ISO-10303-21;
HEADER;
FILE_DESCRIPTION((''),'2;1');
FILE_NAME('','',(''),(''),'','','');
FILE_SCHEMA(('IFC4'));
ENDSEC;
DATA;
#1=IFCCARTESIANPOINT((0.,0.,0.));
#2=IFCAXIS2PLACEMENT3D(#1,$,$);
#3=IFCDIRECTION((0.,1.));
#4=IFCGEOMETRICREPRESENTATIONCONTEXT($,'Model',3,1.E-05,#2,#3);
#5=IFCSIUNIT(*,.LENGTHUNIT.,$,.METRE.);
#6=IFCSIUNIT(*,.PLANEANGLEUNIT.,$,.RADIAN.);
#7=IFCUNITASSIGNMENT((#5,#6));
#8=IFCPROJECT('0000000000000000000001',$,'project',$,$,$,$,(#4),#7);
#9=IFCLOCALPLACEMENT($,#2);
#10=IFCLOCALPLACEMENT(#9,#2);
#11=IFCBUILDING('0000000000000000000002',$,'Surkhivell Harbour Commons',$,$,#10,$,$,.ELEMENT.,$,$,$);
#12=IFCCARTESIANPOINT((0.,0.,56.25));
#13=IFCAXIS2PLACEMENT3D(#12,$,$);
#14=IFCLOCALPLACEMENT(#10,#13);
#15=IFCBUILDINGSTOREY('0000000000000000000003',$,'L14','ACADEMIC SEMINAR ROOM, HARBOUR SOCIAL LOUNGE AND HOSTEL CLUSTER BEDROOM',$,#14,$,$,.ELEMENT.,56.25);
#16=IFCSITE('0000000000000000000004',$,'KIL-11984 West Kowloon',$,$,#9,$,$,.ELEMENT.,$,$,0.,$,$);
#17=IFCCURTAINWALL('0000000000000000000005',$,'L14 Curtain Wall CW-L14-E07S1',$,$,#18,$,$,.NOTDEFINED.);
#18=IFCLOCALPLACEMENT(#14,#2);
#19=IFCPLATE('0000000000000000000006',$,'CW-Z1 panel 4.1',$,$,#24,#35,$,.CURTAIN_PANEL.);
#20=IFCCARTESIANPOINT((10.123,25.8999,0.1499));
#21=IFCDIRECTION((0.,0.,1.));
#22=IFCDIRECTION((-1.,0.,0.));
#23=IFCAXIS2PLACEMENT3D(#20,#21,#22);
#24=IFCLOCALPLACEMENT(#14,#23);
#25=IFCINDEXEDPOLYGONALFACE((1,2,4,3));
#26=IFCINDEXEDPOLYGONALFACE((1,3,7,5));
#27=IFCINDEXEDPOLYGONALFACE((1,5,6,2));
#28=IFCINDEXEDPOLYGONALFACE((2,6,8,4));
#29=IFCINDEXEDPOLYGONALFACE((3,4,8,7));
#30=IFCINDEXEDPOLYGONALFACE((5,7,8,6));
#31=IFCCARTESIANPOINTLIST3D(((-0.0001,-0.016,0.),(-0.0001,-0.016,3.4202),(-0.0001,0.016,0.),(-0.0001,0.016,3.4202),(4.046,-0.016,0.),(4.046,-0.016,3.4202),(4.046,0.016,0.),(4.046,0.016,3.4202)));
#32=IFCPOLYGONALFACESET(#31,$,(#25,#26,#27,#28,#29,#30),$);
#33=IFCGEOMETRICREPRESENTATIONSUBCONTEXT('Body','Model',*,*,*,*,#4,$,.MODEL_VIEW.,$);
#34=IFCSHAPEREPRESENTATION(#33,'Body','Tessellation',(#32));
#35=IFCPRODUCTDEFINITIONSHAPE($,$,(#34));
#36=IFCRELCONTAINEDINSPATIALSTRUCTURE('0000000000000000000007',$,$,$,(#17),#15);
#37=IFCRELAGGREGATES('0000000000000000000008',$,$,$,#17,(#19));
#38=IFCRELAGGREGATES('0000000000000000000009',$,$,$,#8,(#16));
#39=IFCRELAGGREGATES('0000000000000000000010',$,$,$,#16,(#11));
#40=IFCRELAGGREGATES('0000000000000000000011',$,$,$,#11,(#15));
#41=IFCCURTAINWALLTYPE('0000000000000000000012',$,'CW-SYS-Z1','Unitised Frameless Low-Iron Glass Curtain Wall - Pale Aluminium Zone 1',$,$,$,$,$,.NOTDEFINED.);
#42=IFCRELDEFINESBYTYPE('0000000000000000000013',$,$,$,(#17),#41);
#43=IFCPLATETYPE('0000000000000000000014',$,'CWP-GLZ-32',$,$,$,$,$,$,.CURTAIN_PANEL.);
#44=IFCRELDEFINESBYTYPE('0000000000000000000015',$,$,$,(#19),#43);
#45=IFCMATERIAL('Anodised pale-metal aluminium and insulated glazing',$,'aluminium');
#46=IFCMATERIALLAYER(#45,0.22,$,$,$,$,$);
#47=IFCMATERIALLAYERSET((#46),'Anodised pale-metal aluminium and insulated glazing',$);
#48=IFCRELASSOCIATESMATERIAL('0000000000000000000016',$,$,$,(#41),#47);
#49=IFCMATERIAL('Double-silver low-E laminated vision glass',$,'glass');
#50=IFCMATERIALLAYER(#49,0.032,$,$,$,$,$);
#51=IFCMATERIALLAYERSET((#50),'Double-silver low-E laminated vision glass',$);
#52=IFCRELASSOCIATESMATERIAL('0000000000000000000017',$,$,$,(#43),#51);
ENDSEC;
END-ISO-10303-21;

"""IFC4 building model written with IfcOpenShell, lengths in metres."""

from ifc_helpers import new_model, si_unit, direction, frame, frame_2d, origin, place, context, subcontext, project, spatial, rectangle, extrude, material, layer, layer_set, type_object, element, aggregate, save


model = new_model("IFC4")

# Units and contexts
model_context = context("Model", 3, precision=1e-05, world=origin(), true_north=direction((0.0, 1.0)))
body_context = subcontext(model_context, "Body", "Model", "MODEL_VIEW")
ifc_project = project(units=[si_unit("LENGTHUNIT", "METRE"), si_unit("PLANEANGLEUNIT", "RADIAN")], contexts=[model_context])

# Site, building, storey
site_placement = place(None, origin())
site = spatial("IfcSite", under=ifc_project, at=site_placement, Name="KIL-11984 West Kowloon", CompositionType="ELEMENT", RefElevation=0.0)
building_placement = place(site_placement, origin())
building = spatial("IfcBuilding", under=site, at=building_placement, Name="Surkhivell Harbour Commons", CompositionType="ELEMENT")
storey_placement = place(building_placement, frame((0.0, 0.0, 56.25)))
storey = spatial("IfcBuildingStorey", under=building, at=storey_placement, Name="L14", Description="ACADEMIC SEMINAR ROOM, HARBOUR SOCIAL LOUNGE AND HOSTEL CLUSTER BEDROOM", CompositionType="ELEMENT", Elevation=56.25)

# Curtain wall
ifc_material_1 = material(Name="Anodised pale-metal aluminium and insulated glazing", Category="aluminium")
ifc_layer_1 = layer(ifc_material_1, 0.22)
ifc_layer_set_1 = layer_set([ifc_layer_1], Name="Anodised pale-metal aluminium and insulated glazing")
curtain_wall_type = type_object("IfcCurtainWallType", Name="CW-SYS-Z1", Description="Unitised Frameless Low-Iron Glass Curtain Wall - Pale Aluminium Zone 1", PredefinedType="NOTDEFINED", material=ifc_layer_set_1)
curtain_wall_placement = place(storey_placement, origin())
curtain_wall = element("IfcCurtainWall", 1, at=curtain_wall_placement, inside=storey, type_object=curtain_wall_type, Name="L14 Curtain Wall CW-L14-E07S1", PredefinedType="NOTDEFINED")

# Plate
ifc_material_2 = material(Name="Double-silver low-E laminated vision glass", Category="glass")
ifc_layer_2 = layer(ifc_material_2, 0.032)
ifc_layer_set_2 = layer_set([ifc_layer_2], Name="Double-silver low-E laminated vision glass")
plate_type_1 = type_object("IfcPlateType", Name="CWP-GLZ-32", PredefinedType="CURTAIN_PANEL", material=ifc_layer_set_2)
plate_1_placement = place(storey_placement, frame((10.123, 25.8999, 0.1499), z_axis=(0.0, 0.0, 1.0), x_axis=(-1.0, 0.0, 0.0)))
plate_1 = element("IfcPlate", 2, at=plate_1_placement, type_object=plate_type_1, Name="CW-Z1 panel 4.1", PredefinedType="CURTAIN_PANEL", context=body_context, shape_type="SweptSolid", body=[
    extrude(rectangle(XDim=4.0461, YDim=0.032, at=frame_2d((2.0229, 0.0))), origin(), (0.0, 0.0, 1.0), 3.4202),
])
aggregate(curtain_wall, [plate_1])

save(model, "model.ifc")
